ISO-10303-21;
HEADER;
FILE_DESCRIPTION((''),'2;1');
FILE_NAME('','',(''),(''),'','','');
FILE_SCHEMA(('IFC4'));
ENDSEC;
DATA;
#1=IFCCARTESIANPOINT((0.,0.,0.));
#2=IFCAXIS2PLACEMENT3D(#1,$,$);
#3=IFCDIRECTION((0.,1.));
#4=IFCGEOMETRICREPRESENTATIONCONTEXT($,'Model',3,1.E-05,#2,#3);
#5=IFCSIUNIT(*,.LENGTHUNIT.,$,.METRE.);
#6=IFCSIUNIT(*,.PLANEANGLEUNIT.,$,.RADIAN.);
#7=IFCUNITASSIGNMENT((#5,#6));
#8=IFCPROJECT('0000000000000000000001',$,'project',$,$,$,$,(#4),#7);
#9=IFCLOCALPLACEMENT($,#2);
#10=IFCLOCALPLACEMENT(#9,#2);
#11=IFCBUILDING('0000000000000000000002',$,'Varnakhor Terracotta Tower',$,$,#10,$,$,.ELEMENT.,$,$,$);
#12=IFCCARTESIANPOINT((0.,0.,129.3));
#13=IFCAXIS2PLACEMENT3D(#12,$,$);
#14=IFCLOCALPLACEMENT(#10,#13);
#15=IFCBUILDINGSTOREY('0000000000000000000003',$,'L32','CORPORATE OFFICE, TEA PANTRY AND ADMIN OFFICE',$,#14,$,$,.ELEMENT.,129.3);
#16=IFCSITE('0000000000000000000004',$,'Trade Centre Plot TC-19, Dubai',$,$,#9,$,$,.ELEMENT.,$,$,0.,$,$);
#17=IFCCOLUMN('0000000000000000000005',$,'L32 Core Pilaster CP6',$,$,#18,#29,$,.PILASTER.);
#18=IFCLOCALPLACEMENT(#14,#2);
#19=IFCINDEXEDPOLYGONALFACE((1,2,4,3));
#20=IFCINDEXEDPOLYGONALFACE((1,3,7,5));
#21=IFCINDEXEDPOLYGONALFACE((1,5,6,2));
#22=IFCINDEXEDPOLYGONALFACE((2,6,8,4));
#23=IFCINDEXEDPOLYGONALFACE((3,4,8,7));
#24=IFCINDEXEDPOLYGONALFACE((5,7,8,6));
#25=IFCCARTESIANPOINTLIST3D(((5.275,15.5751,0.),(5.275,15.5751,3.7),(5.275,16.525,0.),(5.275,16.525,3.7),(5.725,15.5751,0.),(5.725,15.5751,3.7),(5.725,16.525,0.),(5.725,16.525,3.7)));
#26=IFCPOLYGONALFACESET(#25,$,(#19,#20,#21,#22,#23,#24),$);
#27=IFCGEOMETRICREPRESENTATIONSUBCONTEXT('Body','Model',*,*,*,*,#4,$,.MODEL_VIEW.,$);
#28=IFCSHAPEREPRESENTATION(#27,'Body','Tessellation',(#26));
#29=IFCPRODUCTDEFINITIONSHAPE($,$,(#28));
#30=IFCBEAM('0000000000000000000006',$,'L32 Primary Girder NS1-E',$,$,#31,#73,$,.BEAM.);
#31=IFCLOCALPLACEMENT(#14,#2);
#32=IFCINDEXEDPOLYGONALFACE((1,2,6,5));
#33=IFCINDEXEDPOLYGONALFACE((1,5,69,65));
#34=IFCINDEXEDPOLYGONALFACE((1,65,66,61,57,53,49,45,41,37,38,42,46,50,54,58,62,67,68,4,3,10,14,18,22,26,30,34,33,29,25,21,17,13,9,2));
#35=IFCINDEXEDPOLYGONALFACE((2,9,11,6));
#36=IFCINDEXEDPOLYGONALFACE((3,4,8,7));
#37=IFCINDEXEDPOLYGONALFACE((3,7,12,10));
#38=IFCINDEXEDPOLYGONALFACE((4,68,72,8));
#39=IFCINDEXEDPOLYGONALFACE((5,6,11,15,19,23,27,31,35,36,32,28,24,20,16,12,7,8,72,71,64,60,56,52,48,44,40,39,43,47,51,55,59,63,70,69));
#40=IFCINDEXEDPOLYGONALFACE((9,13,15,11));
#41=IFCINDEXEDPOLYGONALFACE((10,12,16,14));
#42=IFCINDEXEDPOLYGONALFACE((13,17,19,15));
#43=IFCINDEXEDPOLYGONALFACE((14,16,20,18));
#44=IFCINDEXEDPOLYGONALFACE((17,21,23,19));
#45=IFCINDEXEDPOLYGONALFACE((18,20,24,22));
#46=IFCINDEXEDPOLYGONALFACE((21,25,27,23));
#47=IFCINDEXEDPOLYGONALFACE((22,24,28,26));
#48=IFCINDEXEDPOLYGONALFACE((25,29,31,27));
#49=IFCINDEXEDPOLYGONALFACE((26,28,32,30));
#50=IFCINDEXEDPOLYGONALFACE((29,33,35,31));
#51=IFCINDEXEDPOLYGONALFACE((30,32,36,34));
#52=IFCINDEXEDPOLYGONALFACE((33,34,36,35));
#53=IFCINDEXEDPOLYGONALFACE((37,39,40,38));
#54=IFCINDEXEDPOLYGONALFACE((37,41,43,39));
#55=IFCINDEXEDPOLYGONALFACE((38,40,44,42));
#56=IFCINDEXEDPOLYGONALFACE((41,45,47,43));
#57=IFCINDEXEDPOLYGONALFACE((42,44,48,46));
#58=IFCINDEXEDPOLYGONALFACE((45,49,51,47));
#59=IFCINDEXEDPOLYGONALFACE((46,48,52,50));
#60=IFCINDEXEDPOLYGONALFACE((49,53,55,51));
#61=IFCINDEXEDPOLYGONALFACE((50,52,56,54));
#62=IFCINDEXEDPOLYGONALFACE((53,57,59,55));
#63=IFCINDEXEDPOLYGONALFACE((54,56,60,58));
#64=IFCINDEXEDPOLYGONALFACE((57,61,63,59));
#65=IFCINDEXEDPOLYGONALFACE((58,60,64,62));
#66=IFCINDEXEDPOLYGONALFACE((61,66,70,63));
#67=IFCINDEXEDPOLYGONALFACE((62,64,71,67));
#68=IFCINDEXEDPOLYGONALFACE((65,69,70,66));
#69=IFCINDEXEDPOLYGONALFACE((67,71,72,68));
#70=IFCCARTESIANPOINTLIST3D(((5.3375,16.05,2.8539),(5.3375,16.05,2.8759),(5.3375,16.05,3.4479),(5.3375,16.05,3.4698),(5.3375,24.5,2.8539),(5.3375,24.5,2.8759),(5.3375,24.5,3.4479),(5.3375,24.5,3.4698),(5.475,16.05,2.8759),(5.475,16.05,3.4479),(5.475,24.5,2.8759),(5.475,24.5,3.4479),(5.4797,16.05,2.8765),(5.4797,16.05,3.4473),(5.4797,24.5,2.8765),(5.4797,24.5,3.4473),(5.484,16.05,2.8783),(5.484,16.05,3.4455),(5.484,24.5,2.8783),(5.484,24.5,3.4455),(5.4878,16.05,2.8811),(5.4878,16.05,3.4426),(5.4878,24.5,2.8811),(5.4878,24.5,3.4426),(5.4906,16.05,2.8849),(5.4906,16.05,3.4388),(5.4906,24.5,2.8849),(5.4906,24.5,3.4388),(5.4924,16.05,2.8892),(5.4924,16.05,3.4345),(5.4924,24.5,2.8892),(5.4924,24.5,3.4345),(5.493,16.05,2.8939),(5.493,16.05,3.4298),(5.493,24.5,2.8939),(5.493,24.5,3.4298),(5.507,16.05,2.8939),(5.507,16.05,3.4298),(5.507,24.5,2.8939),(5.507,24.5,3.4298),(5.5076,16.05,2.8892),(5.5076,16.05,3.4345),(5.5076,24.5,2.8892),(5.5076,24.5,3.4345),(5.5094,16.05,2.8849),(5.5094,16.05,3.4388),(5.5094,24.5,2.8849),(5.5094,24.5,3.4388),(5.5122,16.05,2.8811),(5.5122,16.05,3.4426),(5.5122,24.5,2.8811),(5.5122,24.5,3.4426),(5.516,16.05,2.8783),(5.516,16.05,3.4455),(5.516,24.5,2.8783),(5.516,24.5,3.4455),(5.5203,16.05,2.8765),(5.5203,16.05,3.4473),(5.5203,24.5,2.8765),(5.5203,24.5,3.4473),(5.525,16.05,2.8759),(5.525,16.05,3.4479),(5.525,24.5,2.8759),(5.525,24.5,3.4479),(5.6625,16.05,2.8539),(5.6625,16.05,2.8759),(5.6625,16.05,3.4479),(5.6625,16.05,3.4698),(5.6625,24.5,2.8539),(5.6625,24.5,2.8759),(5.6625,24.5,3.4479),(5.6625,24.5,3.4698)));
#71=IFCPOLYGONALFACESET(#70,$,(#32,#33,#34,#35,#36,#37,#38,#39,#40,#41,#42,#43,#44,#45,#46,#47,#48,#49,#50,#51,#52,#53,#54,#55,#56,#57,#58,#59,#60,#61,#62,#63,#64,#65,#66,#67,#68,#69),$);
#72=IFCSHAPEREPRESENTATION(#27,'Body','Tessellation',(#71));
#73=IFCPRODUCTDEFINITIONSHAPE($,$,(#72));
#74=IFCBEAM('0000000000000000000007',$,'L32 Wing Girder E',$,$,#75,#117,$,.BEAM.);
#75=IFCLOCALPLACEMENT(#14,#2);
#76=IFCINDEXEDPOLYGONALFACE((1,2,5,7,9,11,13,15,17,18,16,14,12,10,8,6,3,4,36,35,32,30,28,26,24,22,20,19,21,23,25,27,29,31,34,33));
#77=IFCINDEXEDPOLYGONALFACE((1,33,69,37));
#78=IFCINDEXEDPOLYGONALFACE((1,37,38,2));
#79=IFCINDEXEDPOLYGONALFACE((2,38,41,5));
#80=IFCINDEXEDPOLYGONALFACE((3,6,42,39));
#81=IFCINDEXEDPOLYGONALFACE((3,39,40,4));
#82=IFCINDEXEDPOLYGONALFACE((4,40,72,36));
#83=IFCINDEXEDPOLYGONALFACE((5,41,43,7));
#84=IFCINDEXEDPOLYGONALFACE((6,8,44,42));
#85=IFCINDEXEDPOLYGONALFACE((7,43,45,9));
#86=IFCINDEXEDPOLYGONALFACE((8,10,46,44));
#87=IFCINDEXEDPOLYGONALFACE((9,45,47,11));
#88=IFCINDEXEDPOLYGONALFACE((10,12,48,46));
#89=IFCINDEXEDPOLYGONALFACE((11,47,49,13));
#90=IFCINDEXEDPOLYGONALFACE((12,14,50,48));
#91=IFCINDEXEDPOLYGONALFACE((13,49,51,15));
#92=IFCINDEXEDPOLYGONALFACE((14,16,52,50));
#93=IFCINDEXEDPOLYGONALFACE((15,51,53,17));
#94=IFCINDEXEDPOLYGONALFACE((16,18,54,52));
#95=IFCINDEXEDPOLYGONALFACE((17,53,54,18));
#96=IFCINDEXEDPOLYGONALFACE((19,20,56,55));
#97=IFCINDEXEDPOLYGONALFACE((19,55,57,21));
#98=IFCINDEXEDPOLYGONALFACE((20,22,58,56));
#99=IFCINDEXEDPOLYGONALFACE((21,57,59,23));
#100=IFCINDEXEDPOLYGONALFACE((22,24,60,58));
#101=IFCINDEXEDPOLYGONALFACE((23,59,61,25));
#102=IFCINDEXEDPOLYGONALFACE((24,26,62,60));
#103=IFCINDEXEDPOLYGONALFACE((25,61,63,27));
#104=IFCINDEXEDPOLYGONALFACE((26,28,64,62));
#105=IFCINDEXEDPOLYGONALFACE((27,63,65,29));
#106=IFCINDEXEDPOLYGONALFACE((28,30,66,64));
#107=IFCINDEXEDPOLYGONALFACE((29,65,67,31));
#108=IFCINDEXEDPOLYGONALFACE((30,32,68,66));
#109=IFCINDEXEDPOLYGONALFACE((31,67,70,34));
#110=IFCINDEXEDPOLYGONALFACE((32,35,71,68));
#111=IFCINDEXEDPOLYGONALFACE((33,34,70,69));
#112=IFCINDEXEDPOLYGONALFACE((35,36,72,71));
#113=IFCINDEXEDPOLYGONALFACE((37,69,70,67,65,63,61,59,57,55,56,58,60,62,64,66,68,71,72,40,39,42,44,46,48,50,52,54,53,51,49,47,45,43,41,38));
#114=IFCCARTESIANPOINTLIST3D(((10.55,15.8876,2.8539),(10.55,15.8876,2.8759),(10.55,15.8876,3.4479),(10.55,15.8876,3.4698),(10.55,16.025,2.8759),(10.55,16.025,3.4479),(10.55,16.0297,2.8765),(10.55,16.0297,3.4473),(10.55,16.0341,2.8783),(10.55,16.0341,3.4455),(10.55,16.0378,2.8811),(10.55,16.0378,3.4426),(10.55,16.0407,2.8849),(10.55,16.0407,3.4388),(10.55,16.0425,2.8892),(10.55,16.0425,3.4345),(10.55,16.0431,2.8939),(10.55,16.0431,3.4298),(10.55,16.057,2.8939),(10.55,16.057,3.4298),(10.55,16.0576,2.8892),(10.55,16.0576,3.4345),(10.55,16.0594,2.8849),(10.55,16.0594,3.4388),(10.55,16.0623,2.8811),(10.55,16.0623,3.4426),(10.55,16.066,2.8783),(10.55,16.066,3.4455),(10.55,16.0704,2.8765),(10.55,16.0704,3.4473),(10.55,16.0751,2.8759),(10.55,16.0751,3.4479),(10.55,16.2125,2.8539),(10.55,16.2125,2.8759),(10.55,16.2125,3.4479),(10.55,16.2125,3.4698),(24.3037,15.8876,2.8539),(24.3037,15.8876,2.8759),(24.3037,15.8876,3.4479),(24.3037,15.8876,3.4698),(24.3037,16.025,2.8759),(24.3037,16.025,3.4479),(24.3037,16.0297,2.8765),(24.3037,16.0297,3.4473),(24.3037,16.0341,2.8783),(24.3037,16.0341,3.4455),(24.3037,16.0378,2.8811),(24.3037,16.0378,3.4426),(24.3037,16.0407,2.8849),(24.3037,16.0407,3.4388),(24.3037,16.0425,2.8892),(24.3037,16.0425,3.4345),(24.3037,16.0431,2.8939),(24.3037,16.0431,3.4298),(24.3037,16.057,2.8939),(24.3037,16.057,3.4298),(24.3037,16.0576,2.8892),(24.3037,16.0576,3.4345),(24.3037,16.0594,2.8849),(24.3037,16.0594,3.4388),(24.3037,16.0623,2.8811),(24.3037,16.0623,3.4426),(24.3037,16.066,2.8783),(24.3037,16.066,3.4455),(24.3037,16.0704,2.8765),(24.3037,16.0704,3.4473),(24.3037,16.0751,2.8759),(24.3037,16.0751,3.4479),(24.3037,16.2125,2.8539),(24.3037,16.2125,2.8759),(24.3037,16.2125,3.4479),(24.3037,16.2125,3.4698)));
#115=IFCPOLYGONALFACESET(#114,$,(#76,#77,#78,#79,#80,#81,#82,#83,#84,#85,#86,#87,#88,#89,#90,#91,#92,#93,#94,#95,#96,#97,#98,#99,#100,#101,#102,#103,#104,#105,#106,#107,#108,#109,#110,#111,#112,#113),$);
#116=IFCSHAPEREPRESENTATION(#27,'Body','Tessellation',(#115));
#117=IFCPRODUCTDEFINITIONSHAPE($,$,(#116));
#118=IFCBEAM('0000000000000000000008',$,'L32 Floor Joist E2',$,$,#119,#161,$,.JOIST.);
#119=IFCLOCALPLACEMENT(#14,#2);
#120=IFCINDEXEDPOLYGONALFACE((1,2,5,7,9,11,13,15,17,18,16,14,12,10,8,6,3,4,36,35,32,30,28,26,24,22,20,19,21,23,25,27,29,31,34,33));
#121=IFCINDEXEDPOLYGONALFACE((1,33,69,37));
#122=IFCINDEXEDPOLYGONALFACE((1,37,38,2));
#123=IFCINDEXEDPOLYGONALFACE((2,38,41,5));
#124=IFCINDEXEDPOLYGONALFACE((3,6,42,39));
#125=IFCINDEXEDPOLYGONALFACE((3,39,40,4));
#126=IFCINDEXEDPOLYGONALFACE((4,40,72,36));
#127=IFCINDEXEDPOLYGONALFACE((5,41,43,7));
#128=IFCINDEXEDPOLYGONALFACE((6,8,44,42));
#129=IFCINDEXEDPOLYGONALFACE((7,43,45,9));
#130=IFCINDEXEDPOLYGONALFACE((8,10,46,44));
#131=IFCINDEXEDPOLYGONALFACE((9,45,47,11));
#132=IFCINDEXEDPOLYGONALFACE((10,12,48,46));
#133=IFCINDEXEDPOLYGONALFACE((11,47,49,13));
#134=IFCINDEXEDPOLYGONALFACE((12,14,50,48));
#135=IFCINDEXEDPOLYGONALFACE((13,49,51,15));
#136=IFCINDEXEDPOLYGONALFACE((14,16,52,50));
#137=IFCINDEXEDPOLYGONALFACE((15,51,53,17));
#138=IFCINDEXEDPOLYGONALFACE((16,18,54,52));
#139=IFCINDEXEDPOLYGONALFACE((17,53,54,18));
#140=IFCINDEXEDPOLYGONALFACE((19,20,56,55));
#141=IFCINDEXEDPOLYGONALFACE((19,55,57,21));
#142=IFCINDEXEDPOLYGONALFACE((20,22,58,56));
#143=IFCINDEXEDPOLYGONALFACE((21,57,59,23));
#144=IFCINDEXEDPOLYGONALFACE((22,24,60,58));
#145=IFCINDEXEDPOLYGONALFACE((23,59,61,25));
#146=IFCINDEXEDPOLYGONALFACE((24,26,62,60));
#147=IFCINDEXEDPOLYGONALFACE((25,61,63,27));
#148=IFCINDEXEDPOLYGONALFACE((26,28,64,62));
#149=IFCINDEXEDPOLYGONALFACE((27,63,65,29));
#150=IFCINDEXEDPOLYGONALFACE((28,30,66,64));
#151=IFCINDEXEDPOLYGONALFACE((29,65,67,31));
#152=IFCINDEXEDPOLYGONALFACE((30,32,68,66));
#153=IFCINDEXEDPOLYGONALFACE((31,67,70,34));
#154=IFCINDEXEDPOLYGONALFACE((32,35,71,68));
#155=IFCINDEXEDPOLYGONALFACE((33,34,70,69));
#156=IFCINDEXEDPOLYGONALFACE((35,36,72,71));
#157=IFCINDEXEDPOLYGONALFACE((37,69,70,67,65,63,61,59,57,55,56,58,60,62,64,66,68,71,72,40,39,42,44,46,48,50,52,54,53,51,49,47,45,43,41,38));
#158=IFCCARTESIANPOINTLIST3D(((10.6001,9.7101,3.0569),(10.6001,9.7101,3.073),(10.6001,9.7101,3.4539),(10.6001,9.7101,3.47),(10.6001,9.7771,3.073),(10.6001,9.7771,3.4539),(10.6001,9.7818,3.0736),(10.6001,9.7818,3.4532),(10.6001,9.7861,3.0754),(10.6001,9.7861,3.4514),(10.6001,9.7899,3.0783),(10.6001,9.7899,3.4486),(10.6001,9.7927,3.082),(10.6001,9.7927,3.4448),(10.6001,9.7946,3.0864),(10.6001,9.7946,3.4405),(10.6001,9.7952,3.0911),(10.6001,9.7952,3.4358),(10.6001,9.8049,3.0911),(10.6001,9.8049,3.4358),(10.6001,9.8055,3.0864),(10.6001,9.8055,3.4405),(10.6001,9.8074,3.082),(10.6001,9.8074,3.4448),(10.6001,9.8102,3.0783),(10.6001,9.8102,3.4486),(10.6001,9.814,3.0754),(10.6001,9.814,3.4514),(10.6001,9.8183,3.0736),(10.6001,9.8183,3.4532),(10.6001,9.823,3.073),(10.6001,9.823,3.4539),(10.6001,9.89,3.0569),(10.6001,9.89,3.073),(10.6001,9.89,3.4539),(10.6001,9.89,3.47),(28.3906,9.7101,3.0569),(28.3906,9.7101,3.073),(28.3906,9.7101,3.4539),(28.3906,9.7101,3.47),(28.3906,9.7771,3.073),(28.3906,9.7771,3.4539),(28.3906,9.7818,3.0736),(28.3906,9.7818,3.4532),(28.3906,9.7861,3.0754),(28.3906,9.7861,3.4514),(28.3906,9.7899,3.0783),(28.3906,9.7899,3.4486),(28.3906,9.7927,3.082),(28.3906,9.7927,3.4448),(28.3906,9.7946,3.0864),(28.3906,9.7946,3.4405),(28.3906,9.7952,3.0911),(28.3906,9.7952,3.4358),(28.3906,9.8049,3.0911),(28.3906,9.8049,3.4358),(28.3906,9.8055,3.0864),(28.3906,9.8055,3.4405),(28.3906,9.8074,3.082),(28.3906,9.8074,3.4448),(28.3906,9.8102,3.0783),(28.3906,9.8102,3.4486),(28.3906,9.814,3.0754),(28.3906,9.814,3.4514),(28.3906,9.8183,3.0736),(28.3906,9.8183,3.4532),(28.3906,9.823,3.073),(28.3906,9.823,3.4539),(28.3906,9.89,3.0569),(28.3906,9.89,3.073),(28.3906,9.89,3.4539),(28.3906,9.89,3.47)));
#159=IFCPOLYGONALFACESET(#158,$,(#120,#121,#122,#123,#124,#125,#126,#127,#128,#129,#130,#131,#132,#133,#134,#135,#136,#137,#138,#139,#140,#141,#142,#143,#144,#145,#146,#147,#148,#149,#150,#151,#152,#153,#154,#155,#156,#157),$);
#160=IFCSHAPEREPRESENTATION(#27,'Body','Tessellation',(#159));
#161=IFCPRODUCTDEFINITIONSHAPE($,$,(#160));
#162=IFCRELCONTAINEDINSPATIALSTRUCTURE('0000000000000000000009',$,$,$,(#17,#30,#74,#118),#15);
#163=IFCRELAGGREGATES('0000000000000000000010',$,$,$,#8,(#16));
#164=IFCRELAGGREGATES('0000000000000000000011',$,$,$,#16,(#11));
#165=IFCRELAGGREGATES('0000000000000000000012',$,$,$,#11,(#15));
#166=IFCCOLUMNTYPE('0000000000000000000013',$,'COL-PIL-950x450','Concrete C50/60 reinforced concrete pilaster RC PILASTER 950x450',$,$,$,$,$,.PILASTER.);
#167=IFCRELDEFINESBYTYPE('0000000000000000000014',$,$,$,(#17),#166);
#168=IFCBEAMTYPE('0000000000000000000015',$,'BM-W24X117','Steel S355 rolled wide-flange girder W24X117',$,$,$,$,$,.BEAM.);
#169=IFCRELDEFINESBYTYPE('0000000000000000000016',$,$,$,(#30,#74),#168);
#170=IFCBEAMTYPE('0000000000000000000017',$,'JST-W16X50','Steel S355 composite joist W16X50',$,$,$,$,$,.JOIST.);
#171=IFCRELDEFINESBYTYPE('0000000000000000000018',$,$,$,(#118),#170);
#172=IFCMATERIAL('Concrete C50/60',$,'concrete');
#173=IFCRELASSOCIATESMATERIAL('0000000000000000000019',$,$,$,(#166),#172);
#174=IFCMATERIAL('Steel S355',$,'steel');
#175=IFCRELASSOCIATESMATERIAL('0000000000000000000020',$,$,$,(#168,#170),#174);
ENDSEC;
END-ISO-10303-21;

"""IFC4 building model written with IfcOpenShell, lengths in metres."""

from ifc_helpers import new_model, si_unit, direction, frame, origin, origin_2d, place, context, subcontext, project, spatial, rectangle, i_section, extrude, source, transform, mapped, material, material_profile, profile_set, type_object, type_shapes, element, save


model = new_model("IFC4")

# Units and contexts
model_context = context("Model", 3, precision=1e-05, world=origin(), true_north=direction((0.0, 1.0)))
body_context = subcontext(model_context, "Body", "Model", "MODEL_VIEW")
ifc_project = project(units=[si_unit("LENGTHUNIT", "METRE"), si_unit("PLANEANGLEUNIT", "RADIAN")], contexts=[model_context])

# Site, building, storey
site_placement = place(None, origin())
site = spatial("IfcSite", under=ifc_project, at=site_placement, Name="Trade Centre Plot TC-19, Dubai", CompositionType="ELEMENT", RefElevation=0.0)
building_placement = place(site_placement, origin())
building = spatial("IfcBuilding", under=site, at=building_placement, Name="Varnakhor Terracotta Tower", CompositionType="ELEMENT")
storey_placement = place(building_placement, frame((0.0, 0.0, 129.3)))
storey = spatial("IfcBuildingStorey", under=building, at=storey_placement, Name="L32", Description="CORPORATE OFFICE, TEA PANTRY AND ADMIN OFFICE", CompositionType="ELEMENT", Elevation=129.3)

# Column
ifc_material_1 = material(Name="Concrete C50/60", Category="concrete")
ifc_material_profile_1 = material_profile(ifc_material_1, rectangle(XDim=0.45, YDim=0.95, at=origin_2d()), Name="RC PILASTER 950x450")
ifc_profile_set_1 = profile_set([ifc_material_profile_1], Name="Concrete C50/60")
column_type = type_object("IfcColumnType", Name="COL-PIL-950x450", Description="Concrete C50/60 reinforced concrete pilaster RC PILASTER 950x450", PredefinedType="PILASTER", material=ifc_profile_set_1)
shared_shape_1 = source(origin(), body_context, "Body", "SweptSolid", [
    extrude(rectangle(XDim=0.45, YDim=0.95, at=origin_2d()), origin(), (0.0, 0.0, 1.0), 3.7),
])
column_placement = place(storey_placement, frame((5.5, 16.05, 0.0), z_axis=(0.0, 0.0, 1.0), x_axis=(1.0, 0.0, 0.0)))
element("IfcColumn", 1, at=column_placement, inside=storey, type_object=column_type, Name="L32 Core Pilaster CP6", PredefinedType="PILASTER", context=body_context, shape_type="MappedRepresentation", body=[
    mapped(shared_shape_1, transform((0.0, 0.0, 0.0), scale=1.0)),
])

# Beams
ifc_material_2 = material(Name="Steel S355", Category="steel")
ifc_material_profile_2 = material_profile(ifc_material_2, i_section(OverallWidth=0.325, OverallDepth=0.616, WebThickness=0.0139, FlangeThickness=0.022, FilletRadius=0.0181, at=origin_2d()), Name="W24X117")
ifc_profile_set_2 = profile_set([ifc_material_profile_2], Name="Steel S355")
beam_type_1 = type_object("IfcBeamType", Name="BM-W24X117", Description="Steel S355 rolled wide-flange girder W24X117", PredefinedType="BEAM", material=ifc_profile_set_2)
shared_shape_2 = source(origin(), body_context, "Body", "SweptSolid", [
    extrude(i_section(OverallWidth=0.325, OverallDepth=0.616, WebThickness=0.0139, FlangeThickness=0.022, FilletRadius=0.0181, at=origin_2d()), origin(), (0.0, 0.0, 1.0), 8.45),
])
type_shapes(beam_type_1, [shared_shape_2])
beam_1_placement = place(storey_placement, frame((5.5, 16.05, 3.1619), z_axis=(0.0, 1.0, 0.0), x_axis=(-1.0, 0.0, 0.0)))
element("IfcBeam", 2, at=beam_1_placement, inside=storey, type_object=beam_type_1, Name="L32 Primary Girder NS1-E", PredefinedType="BEAM", context=body_context, shape_type="MappedRepresentation", body=[
    mapped(shared_shape_2, transform((0.0, 0.0, 0.0), scale=1.0)),
])
shared_shape_3 = source(origin(), body_context, "Body", "SweptSolid", [
    extrude(i_section(OverallWidth=0.325, OverallDepth=0.616, WebThickness=0.0139, FlangeThickness=0.022, FilletRadius=0.0181, at=origin_2d()), origin(), (0.0, 0.0, 1.0), 13.7537),
])
beam_2_placement = place(storey_placement, frame((10.55, 16.05, 3.1619), z_axis=(1.0, 0.0, 0.0), x_axis=(0.0, 1.0, 0.0)))
element("IfcBeam", 3, at=beam_2_placement, inside=storey, type_object=beam_type_1, Name="L32 Wing Girder E", PredefinedType="BEAM", context=body_context, shape_type="MappedRepresentation", body=[
    mapped(shared_shape_3, transform((0.0, 0.0, 0.0), scale=1.0)),
])
ifc_material_profile_3 = material_profile(ifc_material_2, i_section(OverallWidth=0.1799, OverallDepth=0.4131, WebThickness=0.0098, FlangeThickness=0.0161, FilletRadius=0.0181, at=origin_2d()), Name="W16X50")
ifc_profile_set_3 = profile_set([ifc_material_profile_3], Name="Steel S355")
beam_type_2 = type_object("IfcBeamType", Name="JST-W16X50", Description="Steel S355 composite joist W16X50", PredefinedType="JOIST", material=ifc_profile_set_3)
shared_shape_4 = source(origin(), body_context, "Body", "SweptSolid", [
    extrude(i_section(OverallWidth=0.1799, OverallDepth=0.4131, WebThickness=0.0098, FlangeThickness=0.0161, FilletRadius=0.0181, at=origin_2d()), origin(), (0.0, 0.0, 1.0), 17.7905),
])
beam_3_placement = place(storey_placement, frame((10.6001, 9.8, 3.2634), z_axis=(1.0, 0.0, 0.0), x_axis=(0.0, 1.0, 0.0)))
element("IfcBeam", 4, at=beam_3_placement, inside=storey, type_object=beam_type_2, Name="L32 Floor Joist E2", PredefinedType="JOIST", context=body_context, shape_type="MappedRepresentation", body=[
    mapped(shared_shape_4, transform((0.0, 0.0, 0.0), scale=1.0)),
])

save(model, "model.ifc")
